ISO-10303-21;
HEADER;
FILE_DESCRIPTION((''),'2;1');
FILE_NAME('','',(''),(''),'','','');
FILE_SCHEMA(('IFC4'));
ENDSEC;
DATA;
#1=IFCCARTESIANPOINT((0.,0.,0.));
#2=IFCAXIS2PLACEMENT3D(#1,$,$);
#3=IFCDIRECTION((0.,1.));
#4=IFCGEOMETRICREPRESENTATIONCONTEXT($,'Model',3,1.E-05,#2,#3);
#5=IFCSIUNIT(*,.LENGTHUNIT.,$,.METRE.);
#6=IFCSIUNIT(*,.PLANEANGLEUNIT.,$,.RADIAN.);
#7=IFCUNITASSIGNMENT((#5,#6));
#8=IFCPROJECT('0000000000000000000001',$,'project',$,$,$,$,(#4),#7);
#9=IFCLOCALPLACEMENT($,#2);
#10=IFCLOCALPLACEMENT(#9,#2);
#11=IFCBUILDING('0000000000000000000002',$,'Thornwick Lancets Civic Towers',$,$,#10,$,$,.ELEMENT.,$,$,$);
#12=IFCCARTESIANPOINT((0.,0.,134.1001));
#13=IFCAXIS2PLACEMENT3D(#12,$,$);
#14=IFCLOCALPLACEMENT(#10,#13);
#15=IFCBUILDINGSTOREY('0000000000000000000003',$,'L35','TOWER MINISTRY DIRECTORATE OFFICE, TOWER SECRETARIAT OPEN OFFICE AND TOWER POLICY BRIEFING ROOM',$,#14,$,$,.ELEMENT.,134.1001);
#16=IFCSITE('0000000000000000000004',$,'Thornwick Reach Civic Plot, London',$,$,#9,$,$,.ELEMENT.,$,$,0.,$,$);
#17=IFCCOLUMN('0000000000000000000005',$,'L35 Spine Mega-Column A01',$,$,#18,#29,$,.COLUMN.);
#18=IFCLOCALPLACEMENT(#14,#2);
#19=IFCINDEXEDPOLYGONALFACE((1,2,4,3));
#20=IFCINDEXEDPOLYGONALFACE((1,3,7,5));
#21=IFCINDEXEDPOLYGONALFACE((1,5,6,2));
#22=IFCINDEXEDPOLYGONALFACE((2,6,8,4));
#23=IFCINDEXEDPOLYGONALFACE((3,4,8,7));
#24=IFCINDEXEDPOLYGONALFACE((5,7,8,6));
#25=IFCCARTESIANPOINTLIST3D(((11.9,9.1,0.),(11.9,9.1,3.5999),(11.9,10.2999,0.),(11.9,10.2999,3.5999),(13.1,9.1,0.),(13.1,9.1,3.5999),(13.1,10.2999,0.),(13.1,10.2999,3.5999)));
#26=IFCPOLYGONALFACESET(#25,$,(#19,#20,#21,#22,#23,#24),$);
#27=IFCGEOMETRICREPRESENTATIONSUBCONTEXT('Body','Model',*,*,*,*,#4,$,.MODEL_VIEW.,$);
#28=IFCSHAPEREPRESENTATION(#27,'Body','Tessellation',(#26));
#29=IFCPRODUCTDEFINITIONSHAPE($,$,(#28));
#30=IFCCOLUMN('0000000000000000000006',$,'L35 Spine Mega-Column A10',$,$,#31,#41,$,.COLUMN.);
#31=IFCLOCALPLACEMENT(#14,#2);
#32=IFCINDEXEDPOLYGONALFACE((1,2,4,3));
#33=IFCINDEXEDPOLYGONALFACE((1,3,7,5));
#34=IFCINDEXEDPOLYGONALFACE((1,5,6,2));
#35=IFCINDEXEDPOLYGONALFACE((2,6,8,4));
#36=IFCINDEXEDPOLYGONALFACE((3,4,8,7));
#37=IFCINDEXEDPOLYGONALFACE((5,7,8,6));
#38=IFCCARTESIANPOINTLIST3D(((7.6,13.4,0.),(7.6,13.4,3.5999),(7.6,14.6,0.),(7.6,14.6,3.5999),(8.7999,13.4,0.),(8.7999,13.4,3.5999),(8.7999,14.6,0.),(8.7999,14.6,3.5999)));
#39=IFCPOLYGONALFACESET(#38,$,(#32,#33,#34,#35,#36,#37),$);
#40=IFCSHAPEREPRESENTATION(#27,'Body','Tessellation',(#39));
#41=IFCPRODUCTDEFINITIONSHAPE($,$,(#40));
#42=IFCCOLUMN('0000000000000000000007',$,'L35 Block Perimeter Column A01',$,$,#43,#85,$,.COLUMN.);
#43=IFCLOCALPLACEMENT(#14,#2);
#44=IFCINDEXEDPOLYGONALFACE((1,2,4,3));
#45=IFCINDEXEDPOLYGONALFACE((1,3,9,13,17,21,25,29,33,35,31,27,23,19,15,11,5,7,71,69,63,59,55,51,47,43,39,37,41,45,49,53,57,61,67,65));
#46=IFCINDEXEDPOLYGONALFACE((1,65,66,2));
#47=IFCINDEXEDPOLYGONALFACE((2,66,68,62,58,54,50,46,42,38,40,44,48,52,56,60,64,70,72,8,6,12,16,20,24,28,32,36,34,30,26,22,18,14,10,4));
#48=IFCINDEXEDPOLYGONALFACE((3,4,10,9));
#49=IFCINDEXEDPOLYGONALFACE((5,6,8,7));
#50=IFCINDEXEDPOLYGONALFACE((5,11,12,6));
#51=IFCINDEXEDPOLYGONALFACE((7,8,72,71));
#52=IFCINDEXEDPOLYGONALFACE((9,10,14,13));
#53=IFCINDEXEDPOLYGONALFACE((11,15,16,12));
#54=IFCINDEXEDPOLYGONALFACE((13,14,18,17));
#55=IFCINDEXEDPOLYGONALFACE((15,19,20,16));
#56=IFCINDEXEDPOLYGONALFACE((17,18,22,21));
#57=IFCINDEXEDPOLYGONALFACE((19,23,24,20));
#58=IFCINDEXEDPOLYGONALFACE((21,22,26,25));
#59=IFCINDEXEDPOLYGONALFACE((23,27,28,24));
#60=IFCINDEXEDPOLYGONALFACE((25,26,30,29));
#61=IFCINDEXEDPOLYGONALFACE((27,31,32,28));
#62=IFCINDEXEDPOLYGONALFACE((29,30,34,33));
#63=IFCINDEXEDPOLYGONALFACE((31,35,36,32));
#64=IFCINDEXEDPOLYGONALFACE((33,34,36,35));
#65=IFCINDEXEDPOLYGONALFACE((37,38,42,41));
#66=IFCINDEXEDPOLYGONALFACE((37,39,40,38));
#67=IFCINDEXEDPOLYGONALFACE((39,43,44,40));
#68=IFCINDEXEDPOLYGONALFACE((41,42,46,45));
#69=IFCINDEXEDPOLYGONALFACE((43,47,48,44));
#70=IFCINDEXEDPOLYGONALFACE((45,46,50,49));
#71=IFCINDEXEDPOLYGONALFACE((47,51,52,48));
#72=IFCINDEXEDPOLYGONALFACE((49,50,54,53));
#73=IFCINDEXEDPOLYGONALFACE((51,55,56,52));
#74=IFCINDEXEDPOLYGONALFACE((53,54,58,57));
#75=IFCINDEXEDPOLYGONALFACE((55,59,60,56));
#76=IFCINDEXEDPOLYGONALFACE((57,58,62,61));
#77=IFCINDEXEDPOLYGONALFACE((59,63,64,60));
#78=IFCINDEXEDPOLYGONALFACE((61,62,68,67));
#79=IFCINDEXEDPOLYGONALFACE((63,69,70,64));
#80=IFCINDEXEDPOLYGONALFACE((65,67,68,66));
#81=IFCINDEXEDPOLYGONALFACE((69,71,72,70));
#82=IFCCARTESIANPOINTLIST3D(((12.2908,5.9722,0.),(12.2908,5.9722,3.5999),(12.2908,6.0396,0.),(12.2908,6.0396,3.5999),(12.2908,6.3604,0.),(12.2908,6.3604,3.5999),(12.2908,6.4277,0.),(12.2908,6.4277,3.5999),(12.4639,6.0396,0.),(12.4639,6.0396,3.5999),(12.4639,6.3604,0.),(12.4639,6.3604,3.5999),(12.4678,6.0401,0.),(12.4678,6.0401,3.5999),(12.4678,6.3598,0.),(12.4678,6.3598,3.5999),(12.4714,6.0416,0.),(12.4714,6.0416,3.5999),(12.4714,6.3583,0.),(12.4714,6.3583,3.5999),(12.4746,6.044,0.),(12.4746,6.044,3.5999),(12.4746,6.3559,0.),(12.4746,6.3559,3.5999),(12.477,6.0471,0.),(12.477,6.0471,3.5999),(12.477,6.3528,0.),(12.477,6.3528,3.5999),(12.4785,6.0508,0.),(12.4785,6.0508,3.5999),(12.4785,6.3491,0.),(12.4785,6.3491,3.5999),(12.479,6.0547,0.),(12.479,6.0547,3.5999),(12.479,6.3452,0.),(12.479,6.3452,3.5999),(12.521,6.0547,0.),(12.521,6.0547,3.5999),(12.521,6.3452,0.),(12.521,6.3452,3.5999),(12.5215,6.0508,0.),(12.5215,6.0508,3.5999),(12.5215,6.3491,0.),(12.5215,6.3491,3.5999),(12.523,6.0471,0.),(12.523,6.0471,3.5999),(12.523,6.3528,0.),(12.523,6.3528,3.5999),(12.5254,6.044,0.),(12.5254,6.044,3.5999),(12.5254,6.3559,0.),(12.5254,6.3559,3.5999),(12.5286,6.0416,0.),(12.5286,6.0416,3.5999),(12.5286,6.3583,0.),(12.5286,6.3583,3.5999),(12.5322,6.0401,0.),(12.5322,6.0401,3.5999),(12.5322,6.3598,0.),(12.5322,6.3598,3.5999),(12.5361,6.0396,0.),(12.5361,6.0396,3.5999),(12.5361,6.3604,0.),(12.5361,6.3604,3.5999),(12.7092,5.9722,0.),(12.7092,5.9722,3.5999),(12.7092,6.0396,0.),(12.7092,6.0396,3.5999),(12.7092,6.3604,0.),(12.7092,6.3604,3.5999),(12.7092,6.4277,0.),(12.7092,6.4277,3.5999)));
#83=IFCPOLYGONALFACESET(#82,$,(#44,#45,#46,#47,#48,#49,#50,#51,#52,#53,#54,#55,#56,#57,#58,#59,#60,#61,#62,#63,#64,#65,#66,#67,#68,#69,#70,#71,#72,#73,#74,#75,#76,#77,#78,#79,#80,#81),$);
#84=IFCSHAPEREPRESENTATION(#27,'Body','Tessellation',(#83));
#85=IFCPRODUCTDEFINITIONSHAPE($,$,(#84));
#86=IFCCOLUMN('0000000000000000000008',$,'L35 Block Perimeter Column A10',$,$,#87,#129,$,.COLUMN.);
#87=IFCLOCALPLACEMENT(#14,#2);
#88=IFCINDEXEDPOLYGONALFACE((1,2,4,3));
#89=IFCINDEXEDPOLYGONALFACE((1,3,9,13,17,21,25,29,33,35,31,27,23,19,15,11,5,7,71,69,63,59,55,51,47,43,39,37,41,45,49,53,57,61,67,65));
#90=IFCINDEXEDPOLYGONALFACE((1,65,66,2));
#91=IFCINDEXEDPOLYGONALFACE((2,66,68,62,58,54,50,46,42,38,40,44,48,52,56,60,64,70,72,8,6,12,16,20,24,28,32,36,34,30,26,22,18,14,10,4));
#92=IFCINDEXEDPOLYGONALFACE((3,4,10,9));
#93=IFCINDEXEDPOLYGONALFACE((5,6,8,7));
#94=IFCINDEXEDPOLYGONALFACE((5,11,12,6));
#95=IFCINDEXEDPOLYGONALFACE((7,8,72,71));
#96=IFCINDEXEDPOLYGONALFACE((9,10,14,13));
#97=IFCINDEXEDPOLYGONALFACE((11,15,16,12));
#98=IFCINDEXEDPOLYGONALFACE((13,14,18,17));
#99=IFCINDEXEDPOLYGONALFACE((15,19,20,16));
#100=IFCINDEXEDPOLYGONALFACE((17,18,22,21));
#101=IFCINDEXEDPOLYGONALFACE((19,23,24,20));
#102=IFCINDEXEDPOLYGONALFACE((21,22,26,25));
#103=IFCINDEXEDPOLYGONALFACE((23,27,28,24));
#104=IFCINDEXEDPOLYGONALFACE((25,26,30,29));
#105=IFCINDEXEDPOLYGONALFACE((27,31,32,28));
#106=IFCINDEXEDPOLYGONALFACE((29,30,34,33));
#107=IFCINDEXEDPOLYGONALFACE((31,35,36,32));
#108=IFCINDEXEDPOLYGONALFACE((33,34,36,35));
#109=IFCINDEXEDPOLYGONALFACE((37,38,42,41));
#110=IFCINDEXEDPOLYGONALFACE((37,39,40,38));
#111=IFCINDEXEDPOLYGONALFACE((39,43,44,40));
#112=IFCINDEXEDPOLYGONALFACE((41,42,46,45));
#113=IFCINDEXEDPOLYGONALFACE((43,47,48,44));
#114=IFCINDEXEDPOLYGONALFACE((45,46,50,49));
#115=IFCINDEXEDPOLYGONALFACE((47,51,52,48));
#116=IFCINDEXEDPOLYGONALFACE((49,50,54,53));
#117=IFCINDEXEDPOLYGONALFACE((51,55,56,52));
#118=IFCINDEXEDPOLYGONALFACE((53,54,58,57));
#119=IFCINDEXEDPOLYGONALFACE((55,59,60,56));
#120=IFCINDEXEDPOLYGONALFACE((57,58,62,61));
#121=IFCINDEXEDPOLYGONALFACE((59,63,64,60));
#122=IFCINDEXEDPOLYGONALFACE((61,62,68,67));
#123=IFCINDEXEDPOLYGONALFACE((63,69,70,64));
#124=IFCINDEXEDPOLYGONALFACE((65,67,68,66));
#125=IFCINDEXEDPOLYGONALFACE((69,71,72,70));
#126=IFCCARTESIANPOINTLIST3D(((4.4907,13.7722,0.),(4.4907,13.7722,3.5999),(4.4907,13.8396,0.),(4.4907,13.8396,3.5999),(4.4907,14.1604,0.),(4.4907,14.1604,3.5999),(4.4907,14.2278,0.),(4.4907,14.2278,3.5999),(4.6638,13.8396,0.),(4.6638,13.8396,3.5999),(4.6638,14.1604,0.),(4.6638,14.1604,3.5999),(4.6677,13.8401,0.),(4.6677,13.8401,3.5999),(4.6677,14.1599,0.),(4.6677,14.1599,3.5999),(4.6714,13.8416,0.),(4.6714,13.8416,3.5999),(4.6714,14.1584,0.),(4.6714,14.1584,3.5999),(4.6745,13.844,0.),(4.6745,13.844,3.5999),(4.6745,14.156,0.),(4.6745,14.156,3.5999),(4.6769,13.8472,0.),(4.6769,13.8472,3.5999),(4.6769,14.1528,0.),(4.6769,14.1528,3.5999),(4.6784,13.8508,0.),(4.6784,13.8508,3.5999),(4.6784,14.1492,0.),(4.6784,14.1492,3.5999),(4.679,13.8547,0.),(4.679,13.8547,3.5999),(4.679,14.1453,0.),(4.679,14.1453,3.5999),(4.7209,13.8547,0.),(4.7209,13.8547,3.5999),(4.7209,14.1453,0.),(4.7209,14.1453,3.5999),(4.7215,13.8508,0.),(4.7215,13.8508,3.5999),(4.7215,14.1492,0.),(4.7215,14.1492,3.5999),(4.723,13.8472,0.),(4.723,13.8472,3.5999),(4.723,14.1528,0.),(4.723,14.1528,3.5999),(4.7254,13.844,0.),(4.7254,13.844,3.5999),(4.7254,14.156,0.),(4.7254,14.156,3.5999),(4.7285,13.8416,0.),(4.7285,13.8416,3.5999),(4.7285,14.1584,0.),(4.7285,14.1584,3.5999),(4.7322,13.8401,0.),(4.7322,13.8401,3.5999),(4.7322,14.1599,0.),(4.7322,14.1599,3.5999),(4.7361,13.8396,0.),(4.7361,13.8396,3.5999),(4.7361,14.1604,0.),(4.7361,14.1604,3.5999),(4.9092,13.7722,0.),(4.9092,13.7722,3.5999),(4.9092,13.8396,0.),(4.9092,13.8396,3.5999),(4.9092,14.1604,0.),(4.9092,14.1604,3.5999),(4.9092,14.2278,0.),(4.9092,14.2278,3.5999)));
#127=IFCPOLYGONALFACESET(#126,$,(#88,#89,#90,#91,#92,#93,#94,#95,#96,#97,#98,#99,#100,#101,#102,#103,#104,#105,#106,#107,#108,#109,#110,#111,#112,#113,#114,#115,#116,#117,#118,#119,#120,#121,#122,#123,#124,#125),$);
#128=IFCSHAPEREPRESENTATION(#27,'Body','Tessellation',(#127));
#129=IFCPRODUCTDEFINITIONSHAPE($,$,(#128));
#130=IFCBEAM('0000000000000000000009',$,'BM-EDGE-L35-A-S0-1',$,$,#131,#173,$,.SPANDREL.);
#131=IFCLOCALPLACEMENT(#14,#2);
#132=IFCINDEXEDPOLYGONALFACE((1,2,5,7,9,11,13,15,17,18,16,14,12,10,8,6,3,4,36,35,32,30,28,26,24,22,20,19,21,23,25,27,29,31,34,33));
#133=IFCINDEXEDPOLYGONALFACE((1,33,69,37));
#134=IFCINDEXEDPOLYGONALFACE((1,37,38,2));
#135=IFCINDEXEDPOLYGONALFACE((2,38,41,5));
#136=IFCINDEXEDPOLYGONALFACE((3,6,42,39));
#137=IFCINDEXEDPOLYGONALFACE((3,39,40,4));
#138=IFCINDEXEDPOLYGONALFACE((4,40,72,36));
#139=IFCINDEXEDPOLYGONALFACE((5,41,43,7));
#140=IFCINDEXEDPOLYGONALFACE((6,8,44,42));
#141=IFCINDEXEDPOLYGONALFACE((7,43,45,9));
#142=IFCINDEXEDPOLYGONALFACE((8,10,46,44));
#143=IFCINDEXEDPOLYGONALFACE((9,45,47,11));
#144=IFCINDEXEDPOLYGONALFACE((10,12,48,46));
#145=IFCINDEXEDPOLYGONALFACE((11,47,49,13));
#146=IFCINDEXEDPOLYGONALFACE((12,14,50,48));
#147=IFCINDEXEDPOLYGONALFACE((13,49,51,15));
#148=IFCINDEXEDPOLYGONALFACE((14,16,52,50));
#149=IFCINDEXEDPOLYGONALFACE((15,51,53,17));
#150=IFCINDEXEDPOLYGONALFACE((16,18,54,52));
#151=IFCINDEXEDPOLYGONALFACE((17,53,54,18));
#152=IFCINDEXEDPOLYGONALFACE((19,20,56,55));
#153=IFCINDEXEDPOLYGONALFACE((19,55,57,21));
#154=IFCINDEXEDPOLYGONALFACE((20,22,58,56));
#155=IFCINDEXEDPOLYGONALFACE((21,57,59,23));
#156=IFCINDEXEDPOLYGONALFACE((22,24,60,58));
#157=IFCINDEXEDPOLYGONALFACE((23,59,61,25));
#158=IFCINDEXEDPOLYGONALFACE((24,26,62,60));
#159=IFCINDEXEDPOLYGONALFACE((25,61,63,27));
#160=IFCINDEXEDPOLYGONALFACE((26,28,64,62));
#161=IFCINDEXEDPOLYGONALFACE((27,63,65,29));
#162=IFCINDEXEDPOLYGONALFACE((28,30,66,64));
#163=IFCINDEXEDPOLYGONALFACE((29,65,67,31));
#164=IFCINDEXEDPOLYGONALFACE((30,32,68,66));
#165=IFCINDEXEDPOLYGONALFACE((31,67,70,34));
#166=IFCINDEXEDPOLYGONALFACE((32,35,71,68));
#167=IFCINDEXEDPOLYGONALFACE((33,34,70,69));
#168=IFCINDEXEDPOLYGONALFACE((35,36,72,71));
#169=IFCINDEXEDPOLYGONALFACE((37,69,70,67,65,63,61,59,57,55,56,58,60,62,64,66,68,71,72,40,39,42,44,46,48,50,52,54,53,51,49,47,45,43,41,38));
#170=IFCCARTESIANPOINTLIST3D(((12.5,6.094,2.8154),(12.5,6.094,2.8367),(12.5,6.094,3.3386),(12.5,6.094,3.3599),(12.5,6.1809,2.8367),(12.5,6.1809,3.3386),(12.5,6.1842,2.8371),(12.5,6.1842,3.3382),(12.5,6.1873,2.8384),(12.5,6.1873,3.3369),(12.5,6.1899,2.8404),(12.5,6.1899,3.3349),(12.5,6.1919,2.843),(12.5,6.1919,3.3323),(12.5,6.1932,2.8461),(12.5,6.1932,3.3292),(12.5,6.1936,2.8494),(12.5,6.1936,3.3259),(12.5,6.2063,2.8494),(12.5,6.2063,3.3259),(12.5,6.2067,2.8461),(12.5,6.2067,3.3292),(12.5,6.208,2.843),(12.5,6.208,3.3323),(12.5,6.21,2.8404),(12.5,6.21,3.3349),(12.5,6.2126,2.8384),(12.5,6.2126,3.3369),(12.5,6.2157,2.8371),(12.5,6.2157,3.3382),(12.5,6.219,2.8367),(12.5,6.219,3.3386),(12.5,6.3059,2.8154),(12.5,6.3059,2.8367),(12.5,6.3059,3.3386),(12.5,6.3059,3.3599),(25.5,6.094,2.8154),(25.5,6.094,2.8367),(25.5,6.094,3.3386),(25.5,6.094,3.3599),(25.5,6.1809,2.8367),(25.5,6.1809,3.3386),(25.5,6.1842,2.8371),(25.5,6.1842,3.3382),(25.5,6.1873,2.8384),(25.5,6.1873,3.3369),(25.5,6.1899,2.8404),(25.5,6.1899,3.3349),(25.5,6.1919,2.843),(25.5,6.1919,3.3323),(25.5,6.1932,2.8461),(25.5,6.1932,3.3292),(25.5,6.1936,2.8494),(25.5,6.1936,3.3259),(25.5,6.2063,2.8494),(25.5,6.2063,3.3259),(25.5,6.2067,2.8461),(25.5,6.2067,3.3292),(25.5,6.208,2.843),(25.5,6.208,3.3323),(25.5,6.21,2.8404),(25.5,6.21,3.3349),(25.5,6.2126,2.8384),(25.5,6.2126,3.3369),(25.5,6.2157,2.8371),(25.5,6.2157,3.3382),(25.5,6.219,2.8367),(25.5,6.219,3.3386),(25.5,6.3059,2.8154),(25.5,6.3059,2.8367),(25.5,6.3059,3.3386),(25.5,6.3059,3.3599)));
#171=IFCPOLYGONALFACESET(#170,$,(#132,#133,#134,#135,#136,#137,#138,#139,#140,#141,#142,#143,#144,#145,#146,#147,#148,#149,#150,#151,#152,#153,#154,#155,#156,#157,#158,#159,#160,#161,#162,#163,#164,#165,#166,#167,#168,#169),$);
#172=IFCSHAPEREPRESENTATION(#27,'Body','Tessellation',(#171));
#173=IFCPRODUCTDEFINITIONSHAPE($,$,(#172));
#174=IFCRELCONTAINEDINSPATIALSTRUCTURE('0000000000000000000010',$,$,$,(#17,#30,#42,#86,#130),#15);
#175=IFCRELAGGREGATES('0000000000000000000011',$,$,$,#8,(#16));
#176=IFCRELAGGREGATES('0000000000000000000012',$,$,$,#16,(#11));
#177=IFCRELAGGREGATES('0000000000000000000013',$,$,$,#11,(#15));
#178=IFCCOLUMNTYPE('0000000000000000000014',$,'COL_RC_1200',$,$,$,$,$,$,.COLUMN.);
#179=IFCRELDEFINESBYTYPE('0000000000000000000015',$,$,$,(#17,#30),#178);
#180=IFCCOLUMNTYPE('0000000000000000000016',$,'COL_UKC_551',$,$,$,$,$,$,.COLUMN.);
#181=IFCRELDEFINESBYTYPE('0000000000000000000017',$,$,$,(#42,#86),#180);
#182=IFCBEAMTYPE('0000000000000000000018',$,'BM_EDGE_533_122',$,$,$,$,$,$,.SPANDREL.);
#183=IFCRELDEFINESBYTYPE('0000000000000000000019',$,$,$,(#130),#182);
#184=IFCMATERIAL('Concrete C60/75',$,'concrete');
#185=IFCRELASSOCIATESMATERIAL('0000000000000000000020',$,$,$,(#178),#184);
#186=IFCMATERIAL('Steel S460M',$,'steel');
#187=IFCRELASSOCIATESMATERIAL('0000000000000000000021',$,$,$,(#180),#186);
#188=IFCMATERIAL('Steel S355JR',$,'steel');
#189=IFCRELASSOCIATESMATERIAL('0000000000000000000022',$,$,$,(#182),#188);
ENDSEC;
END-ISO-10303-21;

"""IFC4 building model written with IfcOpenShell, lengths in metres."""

from ifc_helpers import new_model, si_unit, direction, frame, origin, origin_2d, place, context, subcontext, project, spatial, rectangle, i_section, extrude, material, material_profile, profile_set, type_object, element, save


model = new_model("IFC4")

# Units and contexts
model_context = context("Model", 3, precision=1e-05, world=origin(), true_north=direction((0.0, 1.0)))
body_context = subcontext(model_context, "Body", "Model", "MODEL_VIEW")
ifc_project = project(units=[si_unit("LENGTHUNIT", "METRE"), si_unit("PLANEANGLEUNIT", "RADIAN")], contexts=[model_context])

# Site, building, storey
site_placement = place(None, origin())
site = spatial("IfcSite", under=ifc_project, at=site_placement, Name="Thornwick Reach Civic Plot, London", CompositionType="ELEMENT", RefElevation=0.0)
building_placement = place(site_placement, origin())
building = spatial("IfcBuilding", under=site, at=building_placement, Name="Thornwick Lancets Civic Towers", CompositionType="ELEMENT")
storey_placement = place(building_placement, frame((0.0, 0.0, 134.1001)))
storey = spatial("IfcBuildingStorey", under=building, at=storey_placement, Name="L35", Description="TOWER MINISTRY DIRECTORATE OFFICE, TOWER SECRETARIAT OPEN OFFICE AND TOWER POLICY BRIEFING ROOM", CompositionType="ELEMENT", Elevation=134.1001)

# Columns
ifc_material_1 = material(Name="Concrete C60/75", Category="concrete")
ifc_material_profile_1 = material_profile(ifc_material_1, rectangle(XDim=1.2, YDim=1.2, at=origin_2d()), Name="RC 1200x1200")
ifc_profile_set_1 = profile_set([ifc_material_profile_1], Name="Concrete C60/75")
column_type_1 = type_object("IfcColumnType", Name="COL_RC_1200", PredefinedType="COLUMN", material=ifc_profile_set_1)
for number, where, z_axis, x_axis, name in (
    (1, (12.5, 9.7, 0.0), (0.0, 0.0, 1.0), (1.0, 0.0, 0.0), "L35 Spine Mega-Column A01"),
    (2, (8.2, 14.0, 0.0), (0.0, 0.0, 1.0), (1.0, 0.0, 0.0), "L35 Spine Mega-Column A10"),
):
    element("IfcColumn", number, at=place(storey_placement, frame(where, z_axis=z_axis, x_axis=x_axis)), inside=storey, type_object=column_type_1, Name=name, PredefinedType="COLUMN", context=body_context, shape_type="SweptSolid", body=[
        extrude(rectangle(XDim=1.2, YDim=1.2, at=origin_2d()), origin(), (0.0, 0.0, 1.0), 3.5999),
    ])
ifc_material_2 = material(Name="Steel S460M", Category="steel")
ifc_material_profile_2 = material_profile(ifc_material_2, i_section(OverallWidth=0.4185, OverallDepth=0.4556, WebThickness=0.042, FlangeThickness=0.0674, FilletRadius=0.0151, at=origin_2d()), Name="UKC 356x406x551")
ifc_profile_set_2 = profile_set([ifc_material_profile_2], Name="Steel S460M")
column_type_2 = type_object("IfcColumnType", Name="COL_UKC_551", PredefinedType="COLUMN", material=ifc_profile_set_2)
for number, where, z_axis, x_axis, name in (
    (3, (12.5, 6.2, 0.0), (0.0, 0.0, 1.0), (1.0, 0.0, 0.0), "L35 Block Perimeter Column A01"),
    (4, (4.7, 14.0, 0.0), (0.0, 0.0, 1.0), (1.0, 0.0, 0.0), "L35 Block Perimeter Column A10"),
):
    element("IfcColumn", number, at=place(storey_placement, frame(where, z_axis=z_axis, x_axis=x_axis)), inside=storey, type_object=column_type_2, Name=name, PredefinedType="COLUMN", context=body_context, shape_type="SweptSolid", body=[
        extrude(i_section(OverallWidth=0.4185, OverallDepth=0.4556, WebThickness=0.042, FlangeThickness=0.0674, FilletRadius=0.0151, at=origin_2d()), origin(), (0.0, 0.0, 1.0), 3.5999),
    ])

# Beam
ifc_material_3 = material(Name="Steel S355JR", Category="steel")
ifc_material_profile_3 = material_profile(ifc_material_3, i_section(OverallWidth=0.2119, OverallDepth=0.5444, WebThickness=0.0127, FlangeThickness=0.0212, FilletRadius=0.0127, at=origin_2d()), Name="UKB 533x210x122")
ifc_profile_set_3 = profile_set([ifc_material_profile_3], Name="Steel S355JR")
beam_type_1 = type_object("IfcBeamType", Name="BM_EDGE_533_122", PredefinedType="SPANDREL", material=ifc_profile_set_3)
for number, where, z_axis, x_axis, name in (
    (5, (12.5, 6.2, 3.0876), (1.0, 0.0, 0.0), (0.0, 1.0, 0.0), "BM-EDGE-L35-A-S0-1"),
):
    element("IfcBeam", number, at=place(storey_placement, frame(where, z_axis=z_axis, x_axis=x_axis)), inside=storey, type_object=beam_type_1, Name=name, PredefinedType="SPANDREL", context=body_context, shape_type="SweptSolid", body=[
        extrude(i_section(OverallWidth=0.2119, OverallDepth=0.5444, WebThickness=0.0127, FlangeThickness=0.0212, FilletRadius=0.0127, at=origin_2d()), origin(), (0.0, 0.0, 1.0), 13.0),
    ])

save(model, "model.ifc")
